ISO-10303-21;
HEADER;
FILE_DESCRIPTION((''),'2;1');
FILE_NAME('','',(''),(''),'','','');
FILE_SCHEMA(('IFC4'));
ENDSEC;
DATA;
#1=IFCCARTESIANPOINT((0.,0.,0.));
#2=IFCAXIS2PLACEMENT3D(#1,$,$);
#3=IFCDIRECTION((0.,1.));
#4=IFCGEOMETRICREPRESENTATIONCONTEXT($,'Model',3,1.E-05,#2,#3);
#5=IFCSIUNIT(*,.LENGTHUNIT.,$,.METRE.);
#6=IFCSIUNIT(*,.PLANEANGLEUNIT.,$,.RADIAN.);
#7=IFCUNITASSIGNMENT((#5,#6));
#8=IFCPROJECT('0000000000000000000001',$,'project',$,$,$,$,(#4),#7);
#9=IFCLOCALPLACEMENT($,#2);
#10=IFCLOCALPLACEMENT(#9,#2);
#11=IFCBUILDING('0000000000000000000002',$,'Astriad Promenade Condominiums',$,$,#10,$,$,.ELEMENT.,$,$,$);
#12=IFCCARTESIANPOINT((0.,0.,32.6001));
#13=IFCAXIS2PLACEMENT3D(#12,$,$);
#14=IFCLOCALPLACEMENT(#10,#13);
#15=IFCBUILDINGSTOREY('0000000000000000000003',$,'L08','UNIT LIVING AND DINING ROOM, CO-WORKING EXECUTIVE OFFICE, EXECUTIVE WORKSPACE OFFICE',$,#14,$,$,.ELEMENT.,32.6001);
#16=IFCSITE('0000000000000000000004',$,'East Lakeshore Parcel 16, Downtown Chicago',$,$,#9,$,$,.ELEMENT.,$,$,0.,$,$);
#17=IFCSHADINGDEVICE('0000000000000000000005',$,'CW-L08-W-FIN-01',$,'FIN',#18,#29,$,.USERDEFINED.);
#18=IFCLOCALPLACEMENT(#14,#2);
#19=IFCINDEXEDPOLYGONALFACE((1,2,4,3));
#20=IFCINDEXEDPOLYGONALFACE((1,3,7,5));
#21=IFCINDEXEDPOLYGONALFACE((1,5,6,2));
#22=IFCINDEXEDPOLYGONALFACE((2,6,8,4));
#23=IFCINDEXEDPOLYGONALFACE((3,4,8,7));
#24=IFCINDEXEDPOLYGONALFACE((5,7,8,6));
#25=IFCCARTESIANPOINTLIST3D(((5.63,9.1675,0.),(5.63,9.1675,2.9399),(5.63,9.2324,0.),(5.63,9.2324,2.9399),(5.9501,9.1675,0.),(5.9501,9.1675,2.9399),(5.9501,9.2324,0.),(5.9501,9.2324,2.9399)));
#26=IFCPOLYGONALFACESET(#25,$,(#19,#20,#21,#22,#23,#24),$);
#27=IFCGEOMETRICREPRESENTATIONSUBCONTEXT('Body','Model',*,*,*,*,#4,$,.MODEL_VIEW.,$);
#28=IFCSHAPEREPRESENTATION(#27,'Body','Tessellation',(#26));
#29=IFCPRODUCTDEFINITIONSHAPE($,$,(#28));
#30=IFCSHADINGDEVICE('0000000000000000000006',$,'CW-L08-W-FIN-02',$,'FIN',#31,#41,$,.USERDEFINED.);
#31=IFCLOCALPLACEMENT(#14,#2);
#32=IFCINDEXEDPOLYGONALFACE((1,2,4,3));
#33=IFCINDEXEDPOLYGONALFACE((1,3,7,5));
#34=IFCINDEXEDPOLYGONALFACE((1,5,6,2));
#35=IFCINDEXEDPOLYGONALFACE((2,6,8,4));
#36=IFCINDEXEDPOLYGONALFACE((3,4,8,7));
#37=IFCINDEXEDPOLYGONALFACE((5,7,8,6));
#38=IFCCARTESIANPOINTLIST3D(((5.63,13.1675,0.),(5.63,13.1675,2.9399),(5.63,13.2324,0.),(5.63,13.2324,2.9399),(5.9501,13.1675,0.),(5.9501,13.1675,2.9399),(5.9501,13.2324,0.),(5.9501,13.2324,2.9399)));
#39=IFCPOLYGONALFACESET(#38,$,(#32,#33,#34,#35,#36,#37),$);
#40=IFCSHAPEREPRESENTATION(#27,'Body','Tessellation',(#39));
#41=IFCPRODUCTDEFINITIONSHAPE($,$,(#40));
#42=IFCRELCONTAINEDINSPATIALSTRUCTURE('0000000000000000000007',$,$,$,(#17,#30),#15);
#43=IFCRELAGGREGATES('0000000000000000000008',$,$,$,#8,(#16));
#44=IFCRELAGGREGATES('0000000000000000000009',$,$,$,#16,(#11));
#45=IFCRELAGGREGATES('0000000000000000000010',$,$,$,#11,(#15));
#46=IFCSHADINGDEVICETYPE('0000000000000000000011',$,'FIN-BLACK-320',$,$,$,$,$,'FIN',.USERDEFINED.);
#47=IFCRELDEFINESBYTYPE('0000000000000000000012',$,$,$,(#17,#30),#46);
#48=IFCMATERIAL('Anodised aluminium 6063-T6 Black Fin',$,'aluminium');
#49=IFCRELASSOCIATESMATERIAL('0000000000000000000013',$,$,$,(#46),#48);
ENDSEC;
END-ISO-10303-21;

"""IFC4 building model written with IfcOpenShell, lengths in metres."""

from ifc_helpers import new_model, si_unit, direction, frame, origin, origin_2d, place, context, subcontext, project, spatial, rectangle, extrude, source, transform, mapped, material, type_object, type_shapes, element, save


model = new_model("IFC4")

# Units and contexts
model_context = context("Model", 3, precision=1e-05, world=origin(), true_north=direction((0.0, 1.0)))
body_context = subcontext(model_context, "Body", "Model", "MODEL_VIEW")
ifc_project = project(units=[si_unit("LENGTHUNIT", "METRE"), si_unit("PLANEANGLEUNIT", "RADIAN")], contexts=[model_context])

# Site, building, storey
site_placement = place(None, origin())
site = spatial("IfcSite", under=ifc_project, at=site_placement, Name="East Lakeshore Parcel 16, Downtown Chicago", CompositionType="ELEMENT", RefElevation=0.0)
building_placement = place(site_placement, origin())
building = spatial("IfcBuilding", under=site, at=building_placement, Name="Astriad Promenade Condominiums", CompositionType="ELEMENT")
storey_placement = place(building_placement, frame((0.0, 0.0, 32.6001)))
storey = spatial("IfcBuildingStorey", under=building, at=storey_placement, Name="L08", Description="UNIT LIVING AND DINING ROOM, CO-WORKING EXECUTIVE OFFICE, EXECUTIVE WORKSPACE OFFICE", CompositionType="ELEMENT", Elevation=32.6001)

# Shading devices
ifc_material_1 = material(Name="Anodised aluminium 6063-T6 Black Fin", Category="aluminium")
shading_device_type = type_object("IfcShadingDeviceType", Name="FIN-BLACK-320", ElementType="FIN", PredefinedType="USERDEFINED", material=ifc_material_1)
shared_shape_1 = source(origin(), body_context, "Body", "SweptSolid", [
    extrude(rectangle(XDim=0.0649, YDim=0.3201, at=origin_2d()), origin(), (0.0, 0.0, 1.0), 2.9399),
])
type_shapes(shading_device_type, [shared_shape_1])
for number, where, z_axis, x_axis, name in (
    (1, (5.79, 9.2, 0.0), (0.0, 0.0, 1.0), (0.0, 1.0, 0.0), "CW-L08-W-FIN-01"),
    (2, (5.79, 13.2, 0.0), (0.0, 0.0, 1.0), (0.0, 1.0, 0.0), "CW-L08-W-FIN-02"),
):
    element("IfcShadingDevice", number, at=place(storey_placement, frame(where, z_axis=z_axis, x_axis=x_axis)), inside=storey, type_object=shading_device_type, Name=name, ObjectType="FIN", PredefinedType="USERDEFINED", context=body_context, shape_type="MappedRepresentation", body=[
        mapped(shared_shape_1, transform((0.0, 0.0, 0.0), scale=1.0)),
    ])

save(model, "model.ifc")
